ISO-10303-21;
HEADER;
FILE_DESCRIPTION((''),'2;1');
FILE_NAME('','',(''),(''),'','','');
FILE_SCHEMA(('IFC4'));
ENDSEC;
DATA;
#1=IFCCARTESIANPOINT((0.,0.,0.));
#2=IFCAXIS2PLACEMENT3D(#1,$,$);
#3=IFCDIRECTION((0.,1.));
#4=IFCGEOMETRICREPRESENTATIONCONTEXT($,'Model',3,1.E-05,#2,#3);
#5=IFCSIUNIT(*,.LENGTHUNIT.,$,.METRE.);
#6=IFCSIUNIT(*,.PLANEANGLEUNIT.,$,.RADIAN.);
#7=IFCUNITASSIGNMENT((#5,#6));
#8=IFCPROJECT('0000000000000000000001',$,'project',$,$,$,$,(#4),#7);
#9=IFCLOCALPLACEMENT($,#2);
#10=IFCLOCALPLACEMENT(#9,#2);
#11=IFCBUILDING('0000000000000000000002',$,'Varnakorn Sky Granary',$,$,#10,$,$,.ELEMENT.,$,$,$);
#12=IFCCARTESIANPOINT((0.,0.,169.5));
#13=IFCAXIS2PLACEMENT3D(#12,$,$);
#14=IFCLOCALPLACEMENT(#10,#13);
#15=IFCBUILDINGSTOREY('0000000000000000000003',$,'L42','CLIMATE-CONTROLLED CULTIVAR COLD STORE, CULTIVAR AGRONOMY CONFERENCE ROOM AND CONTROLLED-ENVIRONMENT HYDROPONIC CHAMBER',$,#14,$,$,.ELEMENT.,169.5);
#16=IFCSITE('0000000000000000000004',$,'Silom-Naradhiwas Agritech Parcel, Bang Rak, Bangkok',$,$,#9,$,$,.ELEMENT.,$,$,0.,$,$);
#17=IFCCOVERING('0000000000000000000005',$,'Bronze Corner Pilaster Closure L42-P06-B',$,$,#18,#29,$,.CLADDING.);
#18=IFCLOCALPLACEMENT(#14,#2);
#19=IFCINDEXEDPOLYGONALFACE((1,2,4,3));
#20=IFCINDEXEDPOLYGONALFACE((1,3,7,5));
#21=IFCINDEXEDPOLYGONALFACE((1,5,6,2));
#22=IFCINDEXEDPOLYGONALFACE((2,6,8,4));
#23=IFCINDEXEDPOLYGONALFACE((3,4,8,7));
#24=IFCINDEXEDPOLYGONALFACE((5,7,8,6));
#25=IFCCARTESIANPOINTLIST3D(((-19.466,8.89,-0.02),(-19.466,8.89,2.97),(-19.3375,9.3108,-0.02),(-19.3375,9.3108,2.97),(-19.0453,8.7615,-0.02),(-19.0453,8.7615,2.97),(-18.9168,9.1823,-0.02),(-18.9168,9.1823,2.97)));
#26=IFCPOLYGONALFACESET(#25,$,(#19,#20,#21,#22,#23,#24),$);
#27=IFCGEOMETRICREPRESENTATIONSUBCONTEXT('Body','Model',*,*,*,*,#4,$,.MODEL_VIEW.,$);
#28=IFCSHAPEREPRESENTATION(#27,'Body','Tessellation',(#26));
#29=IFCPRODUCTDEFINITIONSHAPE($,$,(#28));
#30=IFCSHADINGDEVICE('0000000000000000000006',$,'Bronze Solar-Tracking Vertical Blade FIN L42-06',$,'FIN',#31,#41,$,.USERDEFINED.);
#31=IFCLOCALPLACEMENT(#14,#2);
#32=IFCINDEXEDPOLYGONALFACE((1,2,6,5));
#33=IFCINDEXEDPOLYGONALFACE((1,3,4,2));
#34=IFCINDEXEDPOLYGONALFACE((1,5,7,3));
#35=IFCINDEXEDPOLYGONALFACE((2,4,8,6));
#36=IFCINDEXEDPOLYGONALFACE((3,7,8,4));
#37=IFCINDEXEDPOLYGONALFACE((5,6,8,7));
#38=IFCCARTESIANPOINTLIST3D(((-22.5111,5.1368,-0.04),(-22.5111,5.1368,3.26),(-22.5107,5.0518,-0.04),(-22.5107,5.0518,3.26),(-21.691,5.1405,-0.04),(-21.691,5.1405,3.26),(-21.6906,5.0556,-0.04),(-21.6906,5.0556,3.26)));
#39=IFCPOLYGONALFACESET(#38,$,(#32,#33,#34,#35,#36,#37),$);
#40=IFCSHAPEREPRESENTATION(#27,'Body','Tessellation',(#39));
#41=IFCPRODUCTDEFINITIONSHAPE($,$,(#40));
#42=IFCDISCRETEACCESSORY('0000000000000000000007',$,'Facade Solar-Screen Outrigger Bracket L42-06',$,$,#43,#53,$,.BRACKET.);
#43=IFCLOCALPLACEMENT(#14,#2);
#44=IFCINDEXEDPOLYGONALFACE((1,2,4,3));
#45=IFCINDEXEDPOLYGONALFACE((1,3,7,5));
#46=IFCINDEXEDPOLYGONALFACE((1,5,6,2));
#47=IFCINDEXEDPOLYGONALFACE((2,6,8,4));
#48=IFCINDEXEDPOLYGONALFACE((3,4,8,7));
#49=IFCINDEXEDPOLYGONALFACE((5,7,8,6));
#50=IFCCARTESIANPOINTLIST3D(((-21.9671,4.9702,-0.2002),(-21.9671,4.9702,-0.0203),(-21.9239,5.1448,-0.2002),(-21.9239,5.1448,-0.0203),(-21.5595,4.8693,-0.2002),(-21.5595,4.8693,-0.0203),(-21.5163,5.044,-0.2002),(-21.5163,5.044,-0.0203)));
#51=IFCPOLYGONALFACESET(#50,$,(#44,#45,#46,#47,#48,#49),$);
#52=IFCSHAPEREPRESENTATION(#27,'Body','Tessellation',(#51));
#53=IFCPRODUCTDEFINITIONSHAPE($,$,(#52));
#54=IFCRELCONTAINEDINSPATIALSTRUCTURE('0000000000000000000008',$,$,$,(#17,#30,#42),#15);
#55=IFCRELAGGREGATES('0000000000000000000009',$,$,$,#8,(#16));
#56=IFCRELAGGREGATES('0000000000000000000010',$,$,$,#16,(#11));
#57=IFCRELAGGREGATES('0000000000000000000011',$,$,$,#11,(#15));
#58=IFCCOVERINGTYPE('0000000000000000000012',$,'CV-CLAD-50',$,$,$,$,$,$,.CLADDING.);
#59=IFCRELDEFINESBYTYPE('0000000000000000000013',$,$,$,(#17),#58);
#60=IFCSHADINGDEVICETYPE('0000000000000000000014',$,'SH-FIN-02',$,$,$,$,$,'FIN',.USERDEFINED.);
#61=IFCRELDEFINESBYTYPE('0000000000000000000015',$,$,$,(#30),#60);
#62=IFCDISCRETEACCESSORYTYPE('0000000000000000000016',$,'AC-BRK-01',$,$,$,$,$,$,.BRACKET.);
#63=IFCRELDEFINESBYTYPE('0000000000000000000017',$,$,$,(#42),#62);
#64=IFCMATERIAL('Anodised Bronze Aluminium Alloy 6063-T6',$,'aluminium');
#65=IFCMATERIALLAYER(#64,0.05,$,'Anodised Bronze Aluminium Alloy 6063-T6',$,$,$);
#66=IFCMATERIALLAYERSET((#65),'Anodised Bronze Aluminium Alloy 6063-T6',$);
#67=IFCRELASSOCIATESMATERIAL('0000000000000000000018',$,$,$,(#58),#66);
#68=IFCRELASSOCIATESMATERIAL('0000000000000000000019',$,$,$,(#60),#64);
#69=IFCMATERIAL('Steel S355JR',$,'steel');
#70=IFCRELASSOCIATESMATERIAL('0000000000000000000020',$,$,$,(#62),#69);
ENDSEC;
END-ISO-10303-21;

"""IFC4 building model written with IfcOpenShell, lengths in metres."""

from ifc_helpers import new_model, si_unit, direction, frame, origin, origin_2d, place, context, subcontext, project, spatial, rectangle, extrude, source, transform, mapped, material, layer, layer_set, type_object, type_shapes, element, save


model = new_model("IFC4")

# Units and contexts
model_context = context("Model", 3, precision=1e-05, world=origin(), true_north=direction((0.0, 1.0)))
body_context = subcontext(model_context, "Body", "Model", "MODEL_VIEW")
ifc_project = project(units=[si_unit("LENGTHUNIT", "METRE"), si_unit("PLANEANGLEUNIT", "RADIAN")], contexts=[model_context])

# Site, building, storey
site_placement = place(None, origin())
site = spatial("IfcSite", under=ifc_project, at=site_placement, Name="Silom-Naradhiwas Agritech Parcel, Bang Rak, Bangkok", CompositionType="ELEMENT", RefElevation=0.0)
building_placement = place(site_placement, origin())
building = spatial("IfcBuilding", under=site, at=building_placement, Name="Varnakorn Sky Granary", CompositionType="ELEMENT")
storey_placement = place(building_placement, frame((0.0, 0.0, 169.5)))
storey = spatial("IfcBuildingStorey", under=building, at=storey_placement, Name="L42", Description="CLIMATE-CONTROLLED CULTIVAR COLD STORE, CULTIVAR AGRONOMY CONFERENCE ROOM AND CONTROLLED-ENVIRONMENT HYDROPONIC CHAMBER", CompositionType="ELEMENT", Elevation=169.5)

# Shared definitions
ifc_material_1 = material(Name="Steel S355JR", Category="steel")

# Shared definitions
ifc_material_2 = material(Name="Anodised Bronze Aluminium Alloy 6063-T6", Category="aluminium")

# Covering
ifc_layer_1 = layer(ifc_material_2, 0.05, Name="Anodised Bronze Aluminium Alloy 6063-T6")
ifc_layer_set_1 = layer_set([ifc_layer_1], Name="Anodised Bronze Aluminium Alloy 6063-T6")
covering_type = type_object("IfcCoveringType", Name="CV-CLAD-50", PredefinedType="CLADDING", material=ifc_layer_set_1)
shared_shape_1 = source(origin(), body_context, "Body", "SweptSolid", [
    extrude(rectangle(XDim=0.4399, YDim=0.4399, at=origin_2d()), origin(), (0.0, 0.0, 1.0), 2.99),
])
type_shapes(covering_type, [shared_shape_1])
for number, where, z_axis, x_axis, name in (
    (1, (-19.1914, 9.0361, -0.02), (0.0, 0.0, 1.0), (0.292038, 0.956407, 0.0), "Bronze Corner Pilaster Closure L42-P06-B"),
):
    element("IfcCovering", number, at=place(storey_placement, frame(where, z_axis=z_axis, x_axis=x_axis)), inside=storey, type_object=covering_type, Name=name, PredefinedType="CLADDING", context=body_context, shape_type="MappedRepresentation", body=[
        mapped(shared_shape_1, transform((0.0, 0.0, 0.0), x_axis=(1.0, 0.0, 0.0), y_axis=(0.0, 1.0, 0.0), z_axis=(0.0, 0.0, 1.0), scale=1.0)),
    ])

# Shading device
shading_device_type = type_object("IfcShadingDeviceType", Name="SH-FIN-02", ElementType="FIN", PredefinedType="USERDEFINED", material=ifc_material_2)
shared_shape_2 = source(origin(), body_context, "Body", "SweptSolid", [
    extrude(rectangle(XDim=0.085, YDim=0.8201, at=origin_2d()), origin(), (0.0, 0.0, 1.0), 3.3),
])
type_shapes(shading_device_type, [shared_shape_2])
shading_device_placement = place(storey_placement, frame((-22.1008, 5.0962, -0.04), z_axis=(0.0, 0.0, 1.0), x_axis=(0.004542, -0.99999, 0.0)))
element("IfcShadingDevice", 2, at=shading_device_placement, inside=storey, type_object=shading_device_type, Name="Bronze Solar-Tracking Vertical Blade FIN L42-06", ObjectType="FIN", PredefinedType="USERDEFINED", context=body_context, shape_type="MappedRepresentation", body=[
    mapped(shared_shape_2, transform((0.0, 0.0, 0.0), x_axis=(1.0, 0.0, 0.0), y_axis=(0.0, 1.0, 0.0), z_axis=(0.0, 0.0, 1.0), scale=1.0)),
])

# Discrete accessory
discrete_accessory_type = type_object("IfcDiscreteAccessoryType", Name="AC-BRK-01", PredefinedType="BRACKET", material=ifc_material_1)
shared_shape_3 = source(origin(), body_context, "Body", "SweptSolid", [
    extrude(rectangle(XDim=0.1799, YDim=0.4199, at=origin_2d()), origin(), (0.0, 0.0, 1.0), 0.1799),
])
type_shapes(discrete_accessory_type, [shared_shape_3])
discrete_accessory_placement = place(storey_placement, frame((-21.7417, 5.0071, -0.2002), z_axis=(0.0, 0.0, 1.0), x_axis=(-0.240134, -0.97074, 0.0)))
element("IfcDiscreteAccessory", 3, at=discrete_accessory_placement, inside=storey, type_object=discrete_accessory_type, Name="Facade Solar-Screen Outrigger Bracket L42-06", PredefinedType="BRACKET", context=body_context, shape_type="MappedRepresentation", body=[
    mapped(shared_shape_3, transform((0.0, 0.0, 0.0), x_axis=(1.0, 0.0, 0.0), y_axis=(0.0, 1.0, 0.0), z_axis=(0.0, 0.0, 1.0), scale=1.0)),
])

save(model, "model.ifc")
